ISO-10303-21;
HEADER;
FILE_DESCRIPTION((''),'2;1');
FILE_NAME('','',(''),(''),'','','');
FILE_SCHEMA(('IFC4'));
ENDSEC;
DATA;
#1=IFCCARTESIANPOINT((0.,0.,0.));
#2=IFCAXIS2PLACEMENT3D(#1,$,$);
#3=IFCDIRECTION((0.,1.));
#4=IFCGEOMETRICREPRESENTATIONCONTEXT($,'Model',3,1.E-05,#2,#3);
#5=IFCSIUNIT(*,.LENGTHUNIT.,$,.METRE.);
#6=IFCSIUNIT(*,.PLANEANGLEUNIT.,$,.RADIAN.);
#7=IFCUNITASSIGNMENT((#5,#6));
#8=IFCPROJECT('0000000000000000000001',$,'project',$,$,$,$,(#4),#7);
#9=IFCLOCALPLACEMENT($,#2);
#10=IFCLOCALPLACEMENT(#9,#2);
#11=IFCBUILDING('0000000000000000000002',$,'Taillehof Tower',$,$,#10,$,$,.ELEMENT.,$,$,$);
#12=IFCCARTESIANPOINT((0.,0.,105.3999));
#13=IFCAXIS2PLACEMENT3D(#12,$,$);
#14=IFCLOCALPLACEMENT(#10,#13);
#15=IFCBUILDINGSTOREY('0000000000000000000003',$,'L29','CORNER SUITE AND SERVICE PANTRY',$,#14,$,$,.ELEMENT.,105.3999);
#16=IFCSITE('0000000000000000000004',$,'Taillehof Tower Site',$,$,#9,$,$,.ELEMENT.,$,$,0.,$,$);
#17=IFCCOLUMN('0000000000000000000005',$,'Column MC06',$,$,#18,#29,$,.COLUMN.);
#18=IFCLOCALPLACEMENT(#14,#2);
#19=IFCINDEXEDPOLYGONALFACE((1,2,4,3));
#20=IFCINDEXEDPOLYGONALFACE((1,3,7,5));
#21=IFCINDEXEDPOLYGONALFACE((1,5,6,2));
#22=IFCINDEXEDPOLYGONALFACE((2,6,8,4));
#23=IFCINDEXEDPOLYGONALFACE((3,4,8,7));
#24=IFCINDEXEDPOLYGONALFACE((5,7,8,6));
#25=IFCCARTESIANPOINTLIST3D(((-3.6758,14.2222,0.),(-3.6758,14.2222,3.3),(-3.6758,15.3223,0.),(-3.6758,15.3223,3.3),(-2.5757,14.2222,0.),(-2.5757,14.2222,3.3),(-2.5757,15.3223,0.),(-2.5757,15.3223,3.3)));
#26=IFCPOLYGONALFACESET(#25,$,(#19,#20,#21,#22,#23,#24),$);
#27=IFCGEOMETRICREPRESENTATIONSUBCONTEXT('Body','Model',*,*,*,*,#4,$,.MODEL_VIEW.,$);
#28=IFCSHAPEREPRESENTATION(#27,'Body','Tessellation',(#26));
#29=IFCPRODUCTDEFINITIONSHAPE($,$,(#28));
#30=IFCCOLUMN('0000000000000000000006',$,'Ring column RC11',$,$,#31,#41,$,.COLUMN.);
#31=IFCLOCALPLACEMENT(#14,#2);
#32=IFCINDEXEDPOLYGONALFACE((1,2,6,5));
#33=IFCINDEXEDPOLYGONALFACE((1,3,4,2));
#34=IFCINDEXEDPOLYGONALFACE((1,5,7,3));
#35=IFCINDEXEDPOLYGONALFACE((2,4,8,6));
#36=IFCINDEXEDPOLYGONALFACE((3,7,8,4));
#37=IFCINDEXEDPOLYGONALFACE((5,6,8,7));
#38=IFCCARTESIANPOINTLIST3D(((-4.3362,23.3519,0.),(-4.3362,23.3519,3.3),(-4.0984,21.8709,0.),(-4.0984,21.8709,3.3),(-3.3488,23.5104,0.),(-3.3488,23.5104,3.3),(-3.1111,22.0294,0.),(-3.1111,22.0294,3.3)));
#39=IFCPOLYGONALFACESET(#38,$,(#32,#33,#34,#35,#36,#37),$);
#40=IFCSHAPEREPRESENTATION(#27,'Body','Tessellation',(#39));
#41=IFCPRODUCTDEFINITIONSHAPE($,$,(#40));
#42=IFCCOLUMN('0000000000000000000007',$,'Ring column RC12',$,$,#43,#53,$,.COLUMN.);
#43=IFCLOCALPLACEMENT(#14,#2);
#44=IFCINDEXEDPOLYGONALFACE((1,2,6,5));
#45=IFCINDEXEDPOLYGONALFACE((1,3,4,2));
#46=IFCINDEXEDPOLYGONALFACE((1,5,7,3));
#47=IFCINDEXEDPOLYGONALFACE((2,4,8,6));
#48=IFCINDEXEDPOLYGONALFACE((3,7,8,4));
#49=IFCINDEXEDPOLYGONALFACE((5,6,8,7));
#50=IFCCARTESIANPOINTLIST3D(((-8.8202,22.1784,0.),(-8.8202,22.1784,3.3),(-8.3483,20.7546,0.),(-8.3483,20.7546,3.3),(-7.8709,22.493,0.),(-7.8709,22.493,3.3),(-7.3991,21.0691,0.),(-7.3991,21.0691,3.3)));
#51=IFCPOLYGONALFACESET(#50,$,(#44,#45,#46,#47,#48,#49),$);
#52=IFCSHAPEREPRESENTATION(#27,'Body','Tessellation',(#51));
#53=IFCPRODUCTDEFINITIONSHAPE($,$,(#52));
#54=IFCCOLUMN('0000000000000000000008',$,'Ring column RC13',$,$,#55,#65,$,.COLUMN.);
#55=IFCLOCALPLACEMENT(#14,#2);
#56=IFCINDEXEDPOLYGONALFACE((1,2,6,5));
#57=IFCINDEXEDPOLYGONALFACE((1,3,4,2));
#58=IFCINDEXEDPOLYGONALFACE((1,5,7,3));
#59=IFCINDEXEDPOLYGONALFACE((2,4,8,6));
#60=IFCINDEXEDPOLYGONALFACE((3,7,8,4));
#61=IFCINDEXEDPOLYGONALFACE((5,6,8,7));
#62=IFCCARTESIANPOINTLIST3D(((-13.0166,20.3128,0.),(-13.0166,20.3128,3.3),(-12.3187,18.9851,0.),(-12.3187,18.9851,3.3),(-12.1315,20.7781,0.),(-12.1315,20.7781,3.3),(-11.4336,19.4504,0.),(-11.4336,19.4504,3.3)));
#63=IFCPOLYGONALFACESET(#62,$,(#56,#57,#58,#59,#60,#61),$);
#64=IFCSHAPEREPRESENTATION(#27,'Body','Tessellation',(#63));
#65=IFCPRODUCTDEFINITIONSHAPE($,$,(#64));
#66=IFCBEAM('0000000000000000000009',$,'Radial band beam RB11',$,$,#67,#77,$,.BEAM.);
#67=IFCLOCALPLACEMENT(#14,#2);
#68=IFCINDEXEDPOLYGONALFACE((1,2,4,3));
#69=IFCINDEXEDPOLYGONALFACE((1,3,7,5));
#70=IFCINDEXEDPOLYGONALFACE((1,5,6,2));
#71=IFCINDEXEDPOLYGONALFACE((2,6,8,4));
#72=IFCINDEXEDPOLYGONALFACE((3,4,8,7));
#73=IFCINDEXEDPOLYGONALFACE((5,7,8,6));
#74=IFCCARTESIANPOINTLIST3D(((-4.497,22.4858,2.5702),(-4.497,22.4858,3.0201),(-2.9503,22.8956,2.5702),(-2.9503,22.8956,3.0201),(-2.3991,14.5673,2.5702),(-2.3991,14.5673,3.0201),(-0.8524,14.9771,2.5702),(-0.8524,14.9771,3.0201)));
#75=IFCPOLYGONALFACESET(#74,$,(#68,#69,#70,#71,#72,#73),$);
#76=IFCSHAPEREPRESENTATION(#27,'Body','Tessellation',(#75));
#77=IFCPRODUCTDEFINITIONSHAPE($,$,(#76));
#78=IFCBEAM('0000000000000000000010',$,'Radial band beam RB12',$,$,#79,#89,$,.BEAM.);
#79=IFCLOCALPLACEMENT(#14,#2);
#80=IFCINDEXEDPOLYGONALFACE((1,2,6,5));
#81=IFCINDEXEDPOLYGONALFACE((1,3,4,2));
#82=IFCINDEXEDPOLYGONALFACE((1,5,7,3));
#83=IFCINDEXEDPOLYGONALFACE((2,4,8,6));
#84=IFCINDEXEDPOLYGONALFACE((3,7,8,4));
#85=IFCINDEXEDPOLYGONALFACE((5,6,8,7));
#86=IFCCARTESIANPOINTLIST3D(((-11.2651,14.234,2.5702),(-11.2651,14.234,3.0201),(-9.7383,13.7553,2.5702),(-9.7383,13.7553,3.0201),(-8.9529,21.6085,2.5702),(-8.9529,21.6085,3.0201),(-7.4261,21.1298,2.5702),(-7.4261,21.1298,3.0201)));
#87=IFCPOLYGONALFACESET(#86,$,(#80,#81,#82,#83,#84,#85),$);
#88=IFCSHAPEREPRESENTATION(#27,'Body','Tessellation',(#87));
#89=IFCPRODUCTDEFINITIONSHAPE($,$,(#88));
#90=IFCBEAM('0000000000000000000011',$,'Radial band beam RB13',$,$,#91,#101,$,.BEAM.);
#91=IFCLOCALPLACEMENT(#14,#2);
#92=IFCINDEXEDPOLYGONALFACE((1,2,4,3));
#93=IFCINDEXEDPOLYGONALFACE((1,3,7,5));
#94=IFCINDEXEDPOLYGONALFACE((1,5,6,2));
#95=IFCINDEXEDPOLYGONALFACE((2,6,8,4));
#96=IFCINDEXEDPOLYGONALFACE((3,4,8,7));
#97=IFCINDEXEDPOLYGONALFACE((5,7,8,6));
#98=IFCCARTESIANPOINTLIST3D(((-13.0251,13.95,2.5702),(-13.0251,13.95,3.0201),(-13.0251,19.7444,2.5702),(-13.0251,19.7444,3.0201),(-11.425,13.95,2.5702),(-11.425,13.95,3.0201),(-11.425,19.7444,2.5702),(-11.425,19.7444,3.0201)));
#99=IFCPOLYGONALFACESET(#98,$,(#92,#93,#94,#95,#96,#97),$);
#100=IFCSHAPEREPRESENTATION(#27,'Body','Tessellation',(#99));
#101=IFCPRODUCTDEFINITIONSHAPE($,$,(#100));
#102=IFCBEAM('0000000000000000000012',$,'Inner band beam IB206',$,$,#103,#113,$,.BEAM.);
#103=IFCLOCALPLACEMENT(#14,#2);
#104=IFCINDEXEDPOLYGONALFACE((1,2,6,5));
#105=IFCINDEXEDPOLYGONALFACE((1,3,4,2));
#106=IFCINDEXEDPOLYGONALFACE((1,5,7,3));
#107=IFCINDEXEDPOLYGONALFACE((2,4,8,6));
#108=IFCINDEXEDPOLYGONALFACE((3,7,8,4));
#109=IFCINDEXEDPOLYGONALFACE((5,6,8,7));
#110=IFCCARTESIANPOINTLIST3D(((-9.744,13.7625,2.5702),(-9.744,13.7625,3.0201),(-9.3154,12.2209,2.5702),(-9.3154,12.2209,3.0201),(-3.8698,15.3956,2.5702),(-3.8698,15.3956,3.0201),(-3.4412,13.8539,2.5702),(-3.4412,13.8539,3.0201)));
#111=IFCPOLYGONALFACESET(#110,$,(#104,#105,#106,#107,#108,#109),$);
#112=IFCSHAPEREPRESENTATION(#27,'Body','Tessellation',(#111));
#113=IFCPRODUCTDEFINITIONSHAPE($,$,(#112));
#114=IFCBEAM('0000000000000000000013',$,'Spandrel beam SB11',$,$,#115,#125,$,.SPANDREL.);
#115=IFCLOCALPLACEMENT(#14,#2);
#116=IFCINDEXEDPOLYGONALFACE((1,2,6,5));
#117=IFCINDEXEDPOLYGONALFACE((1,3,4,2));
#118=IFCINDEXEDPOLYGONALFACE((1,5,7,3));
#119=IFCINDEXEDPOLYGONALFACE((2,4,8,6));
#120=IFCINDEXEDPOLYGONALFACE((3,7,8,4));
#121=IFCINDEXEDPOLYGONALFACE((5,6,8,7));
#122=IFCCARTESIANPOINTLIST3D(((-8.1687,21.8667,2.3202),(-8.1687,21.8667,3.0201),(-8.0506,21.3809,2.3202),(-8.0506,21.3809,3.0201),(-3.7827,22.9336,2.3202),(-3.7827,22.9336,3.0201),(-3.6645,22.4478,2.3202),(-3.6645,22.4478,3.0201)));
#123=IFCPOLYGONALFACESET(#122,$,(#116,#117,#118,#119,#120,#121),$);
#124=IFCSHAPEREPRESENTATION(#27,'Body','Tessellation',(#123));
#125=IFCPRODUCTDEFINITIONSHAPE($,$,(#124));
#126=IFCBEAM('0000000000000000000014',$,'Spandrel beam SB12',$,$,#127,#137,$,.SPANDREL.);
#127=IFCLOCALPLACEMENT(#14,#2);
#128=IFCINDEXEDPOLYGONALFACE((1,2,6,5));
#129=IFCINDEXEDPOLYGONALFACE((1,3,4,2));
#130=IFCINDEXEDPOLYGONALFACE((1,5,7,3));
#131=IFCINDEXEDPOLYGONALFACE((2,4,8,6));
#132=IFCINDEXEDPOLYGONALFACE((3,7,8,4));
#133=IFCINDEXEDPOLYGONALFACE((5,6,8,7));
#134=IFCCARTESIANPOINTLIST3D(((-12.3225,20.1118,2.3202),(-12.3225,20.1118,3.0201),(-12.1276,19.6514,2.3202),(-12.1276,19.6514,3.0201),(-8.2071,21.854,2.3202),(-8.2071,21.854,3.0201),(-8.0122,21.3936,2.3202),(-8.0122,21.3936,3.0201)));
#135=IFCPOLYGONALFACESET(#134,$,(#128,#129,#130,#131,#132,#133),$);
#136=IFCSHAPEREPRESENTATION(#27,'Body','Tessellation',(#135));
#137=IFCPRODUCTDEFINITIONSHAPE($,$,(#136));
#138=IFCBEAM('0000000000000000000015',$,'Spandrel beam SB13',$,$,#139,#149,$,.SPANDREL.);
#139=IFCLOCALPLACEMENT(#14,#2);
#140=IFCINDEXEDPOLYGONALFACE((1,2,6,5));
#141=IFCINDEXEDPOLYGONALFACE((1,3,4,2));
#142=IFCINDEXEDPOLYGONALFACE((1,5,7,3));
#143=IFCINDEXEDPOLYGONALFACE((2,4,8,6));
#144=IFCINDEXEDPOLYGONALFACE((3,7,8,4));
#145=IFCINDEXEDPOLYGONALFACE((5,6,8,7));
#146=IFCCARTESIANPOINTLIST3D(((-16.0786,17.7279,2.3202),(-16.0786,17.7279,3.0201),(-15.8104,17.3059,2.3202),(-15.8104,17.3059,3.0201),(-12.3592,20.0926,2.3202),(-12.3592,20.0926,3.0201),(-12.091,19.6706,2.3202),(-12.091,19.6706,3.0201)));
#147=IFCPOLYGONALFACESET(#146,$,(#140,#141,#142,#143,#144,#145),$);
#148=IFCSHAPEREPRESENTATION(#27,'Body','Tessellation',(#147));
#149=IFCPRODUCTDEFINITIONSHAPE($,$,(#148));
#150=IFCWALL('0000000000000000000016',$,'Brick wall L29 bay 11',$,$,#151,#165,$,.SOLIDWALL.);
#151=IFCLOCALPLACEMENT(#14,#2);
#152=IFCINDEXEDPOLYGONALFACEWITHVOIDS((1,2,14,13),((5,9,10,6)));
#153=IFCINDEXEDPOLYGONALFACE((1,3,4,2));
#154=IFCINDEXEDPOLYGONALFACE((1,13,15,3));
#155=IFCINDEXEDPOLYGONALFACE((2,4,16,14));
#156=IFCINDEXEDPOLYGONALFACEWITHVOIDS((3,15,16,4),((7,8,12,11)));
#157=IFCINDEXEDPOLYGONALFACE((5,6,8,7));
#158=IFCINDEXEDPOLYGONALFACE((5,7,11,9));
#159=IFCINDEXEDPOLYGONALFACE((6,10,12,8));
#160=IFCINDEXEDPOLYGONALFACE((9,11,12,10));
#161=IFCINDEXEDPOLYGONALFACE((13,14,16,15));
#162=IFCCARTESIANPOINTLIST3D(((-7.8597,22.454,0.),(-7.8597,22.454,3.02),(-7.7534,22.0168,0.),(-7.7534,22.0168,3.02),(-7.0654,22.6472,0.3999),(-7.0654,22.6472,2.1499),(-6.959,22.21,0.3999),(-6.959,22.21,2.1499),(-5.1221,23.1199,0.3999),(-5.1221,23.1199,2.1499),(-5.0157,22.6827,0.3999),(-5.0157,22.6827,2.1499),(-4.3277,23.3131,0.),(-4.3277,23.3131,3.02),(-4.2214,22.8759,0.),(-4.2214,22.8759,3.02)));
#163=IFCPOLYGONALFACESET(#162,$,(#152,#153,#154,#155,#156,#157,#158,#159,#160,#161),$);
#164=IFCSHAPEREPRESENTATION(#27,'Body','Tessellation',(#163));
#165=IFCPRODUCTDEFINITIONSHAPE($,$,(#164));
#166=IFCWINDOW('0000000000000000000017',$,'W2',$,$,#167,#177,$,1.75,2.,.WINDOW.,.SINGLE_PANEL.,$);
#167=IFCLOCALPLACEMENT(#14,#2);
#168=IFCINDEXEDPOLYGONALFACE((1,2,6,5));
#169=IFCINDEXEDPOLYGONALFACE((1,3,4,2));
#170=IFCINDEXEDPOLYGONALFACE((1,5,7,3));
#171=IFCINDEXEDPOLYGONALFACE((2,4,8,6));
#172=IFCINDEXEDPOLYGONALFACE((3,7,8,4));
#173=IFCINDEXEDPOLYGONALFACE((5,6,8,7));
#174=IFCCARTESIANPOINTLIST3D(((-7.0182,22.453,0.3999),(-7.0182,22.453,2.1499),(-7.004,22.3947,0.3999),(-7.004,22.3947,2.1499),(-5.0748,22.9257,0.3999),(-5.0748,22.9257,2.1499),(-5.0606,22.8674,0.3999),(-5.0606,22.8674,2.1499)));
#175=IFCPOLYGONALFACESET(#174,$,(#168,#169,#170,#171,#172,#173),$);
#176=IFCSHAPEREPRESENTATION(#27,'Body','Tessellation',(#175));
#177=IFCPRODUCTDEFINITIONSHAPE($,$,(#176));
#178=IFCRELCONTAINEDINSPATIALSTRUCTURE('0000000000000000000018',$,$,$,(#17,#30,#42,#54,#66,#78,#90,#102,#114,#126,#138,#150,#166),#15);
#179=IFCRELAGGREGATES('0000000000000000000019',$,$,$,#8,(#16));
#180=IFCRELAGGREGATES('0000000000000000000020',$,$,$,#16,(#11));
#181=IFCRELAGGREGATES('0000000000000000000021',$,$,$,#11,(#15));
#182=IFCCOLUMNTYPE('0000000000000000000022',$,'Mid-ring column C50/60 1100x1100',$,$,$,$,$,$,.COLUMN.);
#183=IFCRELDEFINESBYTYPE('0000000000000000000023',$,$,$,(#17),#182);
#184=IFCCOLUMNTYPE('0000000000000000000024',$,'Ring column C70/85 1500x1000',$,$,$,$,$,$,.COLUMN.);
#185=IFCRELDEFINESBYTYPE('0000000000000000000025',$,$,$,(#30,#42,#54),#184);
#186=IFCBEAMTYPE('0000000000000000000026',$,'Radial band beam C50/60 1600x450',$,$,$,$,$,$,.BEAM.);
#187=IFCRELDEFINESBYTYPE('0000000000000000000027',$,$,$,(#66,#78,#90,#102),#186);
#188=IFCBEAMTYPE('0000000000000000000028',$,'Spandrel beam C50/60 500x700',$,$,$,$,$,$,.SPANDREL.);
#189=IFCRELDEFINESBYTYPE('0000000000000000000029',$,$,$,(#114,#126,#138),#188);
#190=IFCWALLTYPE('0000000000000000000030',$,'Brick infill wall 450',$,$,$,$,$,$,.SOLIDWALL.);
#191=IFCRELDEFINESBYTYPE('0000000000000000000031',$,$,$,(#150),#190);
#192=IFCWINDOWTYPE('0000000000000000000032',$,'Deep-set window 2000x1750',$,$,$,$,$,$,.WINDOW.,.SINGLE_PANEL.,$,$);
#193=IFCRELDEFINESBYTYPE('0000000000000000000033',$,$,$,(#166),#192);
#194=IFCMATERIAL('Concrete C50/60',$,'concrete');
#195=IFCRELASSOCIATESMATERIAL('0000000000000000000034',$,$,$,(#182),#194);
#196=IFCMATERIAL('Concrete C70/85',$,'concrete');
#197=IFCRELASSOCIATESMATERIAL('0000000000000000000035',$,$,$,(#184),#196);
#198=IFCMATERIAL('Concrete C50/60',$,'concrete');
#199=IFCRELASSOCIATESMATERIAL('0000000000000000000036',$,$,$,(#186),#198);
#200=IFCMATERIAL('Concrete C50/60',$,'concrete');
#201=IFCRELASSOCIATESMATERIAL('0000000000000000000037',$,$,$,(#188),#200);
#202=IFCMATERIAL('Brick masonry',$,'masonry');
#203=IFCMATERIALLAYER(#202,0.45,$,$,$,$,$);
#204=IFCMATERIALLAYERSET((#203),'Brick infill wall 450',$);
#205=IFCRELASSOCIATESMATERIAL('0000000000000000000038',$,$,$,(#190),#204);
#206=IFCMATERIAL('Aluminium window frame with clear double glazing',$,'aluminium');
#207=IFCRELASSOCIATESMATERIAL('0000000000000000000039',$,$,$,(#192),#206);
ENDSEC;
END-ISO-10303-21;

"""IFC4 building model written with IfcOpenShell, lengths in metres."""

from ifc_helpers import new_model, si_unit, direction, frame, frame_2d, origin, origin_2d, place, context, subcontext, project, spatial, rectangle, extrude, material, layer, layer_set, material_profile, profile_set, type_object, element, fill, save


model = new_model("IFC4")

# Units and contexts
model_context = context("Model", 3, precision=1e-05, world=origin(), true_north=direction((0.0, 1.0)))
body_context = subcontext(model_context, "Body", "Model", "MODEL_VIEW")
ifc_project = project(units=[si_unit("LENGTHUNIT", "METRE"), si_unit("PLANEANGLEUNIT", "RADIAN")], contexts=[model_context])

# Site, building, storey
site_placement = place(None, origin())
site = spatial("IfcSite", under=ifc_project, at=site_placement, Name="Taillehof Tower Site", CompositionType="ELEMENT", RefElevation=0.0)
building_placement = place(site_placement, origin())
building = spatial("IfcBuilding", under=site, at=building_placement, Name="Taillehof Tower", CompositionType="ELEMENT")
storey_placement = place(building_placement, frame((0.0, 0.0, 105.3999)))
storey = spatial("IfcBuildingStorey", under=building, at=storey_placement, Name="L29", Description="CORNER SUITE AND SERVICE PANTRY", CompositionType="ELEMENT", Elevation=105.3999)

# Columns
ifc_material_1 = material(Name="Concrete C50/60", Category="concrete")
ifc_material_profile_1 = material_profile(ifc_material_1, rectangle(XDim=1.1001, YDim=1.1001, at=origin_2d()), Name="RC 1100x1100")
ifc_profile_set_1 = profile_set([ifc_material_profile_1], Name="Concrete C50/60")
column_type_1 = type_object("IfcColumnType", Name="Mid-ring column C50/60 1100x1100", PredefinedType="COLUMN", material=ifc_profile_set_1)
column_placement = place(storey_placement, frame((-3.1257, 14.7722, 0.0), z_axis=(0.0, 0.0, 1.0), x_axis=(1.0, 0.0, 0.0)))
element("IfcColumn", 1, at=column_placement, inside=storey, type_object=column_type_1, Name="Column MC06", PredefinedType="COLUMN", context=body_context, shape_type="SweptSolid", body=[
    extrude(rectangle(XDim=1.1001, YDim=1.1001, at=origin_2d()), origin(), (0.0, 0.0, 1.0), 3.3),
])
ifc_material_2 = material(Name="Concrete C70/85", Category="concrete")
ifc_material_profile_2 = material_profile(ifc_material_2, rectangle(XDim=1.5, YDim=1.0, at=origin_2d()), Name="RC 1500x1000")
ifc_profile_set_2 = profile_set([ifc_material_profile_2], Name="Concrete C70/85")
column_type_2 = type_object("IfcColumnType", Name="Ring column C70/85 1500x1000", PredefinedType="COLUMN", material=ifc_profile_set_2)
for number, where, z_axis, x_axis, name in (
    (2, (-3.7236, 22.6907, 0.0), (0.0, 0.0, 1.0), (-0.158507, 0.987358, 0.0), "Ring column RC11"),
    (3, (-8.1096, 21.6238, 0.0), (0.0, 0.0, 1.0), (-0.314555, 0.949239, 0.0), "Ring column RC12"),
    (4, (-12.2251, 19.8816, 0.0), (0.0, 0.0, 1.0), (-0.465283, 0.885162, 0.0), "Ring column RC13"),
):
    element("IfcColumn", number, at=place(storey_placement, frame(where, z_axis=z_axis, x_axis=x_axis)), inside=storey, type_object=column_type_2, Name=name, PredefinedType="COLUMN", context=body_context, shape_type="SweptSolid", body=[
        extrude(rectangle(XDim=1.5, YDim=1.0, at=origin_2d()), origin(), (0.0, 0.0, 1.0), 3.3),
    ])

# Beams
ifc_material_3 = material(Name="Concrete C50/60", Category="concrete")
ifc_material_profile_3 = material_profile(ifc_material_3, rectangle(XDim=1.6001, YDim=0.45, at=origin_2d()), Name="RC 1600x450")
ifc_profile_set_3 = profile_set([ifc_material_profile_3], Name="Concrete C50/60")
beam_type_1 = type_object("IfcBeamType", Name="Radial band beam C50/60 1600x450", PredefinedType="BEAM", material=ifc_profile_set_3)
beam_1_placement = place(storey_placement, frame((-3.7236, 22.6907, 2.7952), z_axis=(0.256102, -0.96665, 0.0), x_axis=(0.96665, 0.256102, 0.0)))
element("IfcBeam", 5, at=beam_1_placement, inside=storey, type_object=beam_type_1, Name="Radial band beam RB11", PredefinedType="BEAM", context=body_context, shape_type="SweptSolid", body=[
    extrude(rectangle(XDim=1.6001, YDim=0.45, at=origin_2d()), origin(), (0.0, 0.0, 1.0), 8.1917),
])
beam_2_placement = place(storey_placement, frame((-8.1895, 21.3691, 2.7952), z_axis=(-0.299185, -0.954195, 0.0), x_axis=(0.954195, -0.299185, 0.0)))
element("IfcBeam", 6, at=beam_2_placement, inside=storey, type_object=beam_type_1, Name="Radial band beam RB12", PredefinedType="BEAM", context=body_context, shape_type="SweptSolid", body=[
    extrude(rectangle(XDim=1.6001, YDim=0.45, at=origin_2d()), origin(), (0.0, 0.0, 1.0), 7.7285),
])
beam_3_placement = place(storey_placement, frame((-12.2251, 19.7444, 2.7952), z_axis=(0.0, -1.0, 0.0), x_axis=(1.0, 0.0, 0.0)))
element("IfcBeam", 7, at=beam_3_placement, inside=storey, type_object=beam_type_1, Name="Radial band beam RB13", PredefinedType="BEAM", context=body_context, shape_type="SweptSolid", body=[
    extrude(rectangle(XDim=1.6001, YDim=0.45, at=origin_2d()), origin(), (0.0, 0.0, 1.0), 5.7944),
])
beam_4_placement = place(storey_placement, frame((-3.6555, 14.6248, 2.7952), z_axis=(-0.963459, -0.267855, 0.0), x_axis=(0.267855, -0.963459, 0.0)))
element("IfcBeam", 8, at=beam_4_placement, inside=storey, type_object=beam_type_1, Name="Inner band beam IB206", PredefinedType="BEAM", context=body_context, shape_type="SweptSolid", body=[
    extrude(rectangle(XDim=1.6001, YDim=0.45, at=origin_2d()), origin(), (0.0, 0.0, 1.0), 6.0969),
])
ifc_material_4 = material(Name="Concrete C50/60", Category="concrete")
ifc_material_profile_4 = material_profile(ifc_material_4, rectangle(XDim=0.5, YDim=0.7, at=origin_2d()), Name="RC 500x700")
ifc_profile_set_4 = profile_set([ifc_material_profile_4], Name="Concrete C50/60")
beam_type_2 = type_object("IfcBeamType", Name="Spandrel beam C50/60 500x700", PredefinedType="SPANDREL", material=ifc_profile_set_4)
beam_5_placement = place(storey_placement, frame((-3.7236, 22.6907, 2.6702), z_axis=(-0.971666, -0.236358, 0.0), x_axis=(0.236358, -0.971666, 0.0)))
element("IfcBeam", 9, at=beam_5_placement, inside=storey, type_object=beam_type_2, Name="Spandrel beam SB11", PredefinedType="SPANDREL", context=body_context, shape_type="SweptSolid", body=[
    extrude(rectangle(XDim=0.5, YDim=0.7, at=origin_2d()), origin(), (0.0, 0.0, 1.0), 4.5139),
])
beam_6_placement = place(storey_placement, frame((-8.1096, 21.6238, 2.6702), z_axis=(-0.920885, -0.389834, 0.0), x_axis=(0.389834, -0.920885, 0.0)))
element("IfcBeam", 10, at=beam_6_placement, inside=storey, type_object=beam_type_2, Name="Spandrel beam SB12", PredefinedType="SPANDREL", context=body_context, shape_type="SweptSolid", body=[
    extrude(rectangle(XDim=0.5, YDim=0.7, at=origin_2d()), origin(), (0.0, 0.0, 1.0), 4.469),
])
beam_7_placement = place(storey_placement, frame((-12.2251, 19.8816, 2.6702), z_axis=(-0.843887, -0.536521, 0.0), x_axis=(0.536521, -0.843887, 0.0)))
element("IfcBeam", 11, at=beam_7_placement, inside=storey, type_object=beam_type_2, Name="Spandrel beam SB13", PredefinedType="SPANDREL", context=body_context, shape_type="SweptSolid", body=[
    extrude(rectangle(XDim=0.5, YDim=0.7, at=origin_2d()), origin(), (0.0, 0.0, 1.0), 4.4075),
])

# Wall, opening, window
ifc_material_5 = material(Name="Brick masonry", Category="masonry")
ifc_layer_1 = layer(ifc_material_5, 0.45)
ifc_layer_set_1 = layer_set([ifc_layer_1], Name="Brick infill wall 450")
wall_type_1 = type_object("IfcWallType", Name="Brick infill wall 450", PredefinedType="SOLIDWALL", material=ifc_layer_set_1)
wall_1_placement = place(storey_placement, frame((-4.2747, 23.0945, 0.0), z_axis=(0.0, 0.0, 1.0), x_axis=(-0.971668, -0.236352, 0.0)))
wall_1 = element("IfcWall", 12, at=wall_1_placement, inside=storey, type_object=wall_type_1, Name="Brick wall L29 bay 11", PredefinedType="SOLIDWALL", context=body_context, shape_type="SweptSolid", body=[
    extrude(rectangle(XDim=3.635, YDim=0.45, at=frame_2d((1.8174, 0.0))), origin(), (0.0, 0.0, 1.0), 3.02),
])
opening_1_placement = place(wall_1_placement, frame((0.8174, 0.0, 0.3999)))
opening_1 = element("IfcOpeningElement", 13, at=opening_1_placement, cuts=wall_1, PredefinedType="OPENING", context=body_context, shape_type="SweptSolid", body=[
    extrude(rectangle(XDim=2.0, YDim=1.75, at=frame_2d((1.0, 0.875))), frame((0.0, 0.2349, 0.0), z_axis=(0.0, -1.0, 0.0), x_axis=(1.0, 0.0, 0.0)), (0.0, 0.0, 1.0), 0.47),
])
ifc_material_6 = material(Name="Aluminium window frame with clear double glazing", Category="aluminium")
window_type = type_object("IfcWindowType", Name="Deep-set window 2000x1750", PartitioningType="SINGLE_PANEL", PredefinedType="WINDOW", material=ifc_material_6)
window_1_placement = place(opening_1_placement, origin())
window_1 = element("IfcWindow", 14, at=window_1_placement, inside=storey, type_object=window_type, Name="W2", OverallHeight=1.75, OverallWidth=2.0, PartitioningType="SINGLE_PANEL", PredefinedType="WINDOW", context=body_context, shape_type="SweptSolid", body=[
    extrude(rectangle(XDim=2.0, YDim=1.75, at=frame_2d((1.0, 0.875))), frame((0.0, 0.0349, 0.0), z_axis=(0.0, -1.0, 0.0), x_axis=(1.0, 0.0, 0.0)), (0.0, 0.0, 1.0), 0.0601),
])
fill(opening_1, window_1)

save(model, "model.ifc")
